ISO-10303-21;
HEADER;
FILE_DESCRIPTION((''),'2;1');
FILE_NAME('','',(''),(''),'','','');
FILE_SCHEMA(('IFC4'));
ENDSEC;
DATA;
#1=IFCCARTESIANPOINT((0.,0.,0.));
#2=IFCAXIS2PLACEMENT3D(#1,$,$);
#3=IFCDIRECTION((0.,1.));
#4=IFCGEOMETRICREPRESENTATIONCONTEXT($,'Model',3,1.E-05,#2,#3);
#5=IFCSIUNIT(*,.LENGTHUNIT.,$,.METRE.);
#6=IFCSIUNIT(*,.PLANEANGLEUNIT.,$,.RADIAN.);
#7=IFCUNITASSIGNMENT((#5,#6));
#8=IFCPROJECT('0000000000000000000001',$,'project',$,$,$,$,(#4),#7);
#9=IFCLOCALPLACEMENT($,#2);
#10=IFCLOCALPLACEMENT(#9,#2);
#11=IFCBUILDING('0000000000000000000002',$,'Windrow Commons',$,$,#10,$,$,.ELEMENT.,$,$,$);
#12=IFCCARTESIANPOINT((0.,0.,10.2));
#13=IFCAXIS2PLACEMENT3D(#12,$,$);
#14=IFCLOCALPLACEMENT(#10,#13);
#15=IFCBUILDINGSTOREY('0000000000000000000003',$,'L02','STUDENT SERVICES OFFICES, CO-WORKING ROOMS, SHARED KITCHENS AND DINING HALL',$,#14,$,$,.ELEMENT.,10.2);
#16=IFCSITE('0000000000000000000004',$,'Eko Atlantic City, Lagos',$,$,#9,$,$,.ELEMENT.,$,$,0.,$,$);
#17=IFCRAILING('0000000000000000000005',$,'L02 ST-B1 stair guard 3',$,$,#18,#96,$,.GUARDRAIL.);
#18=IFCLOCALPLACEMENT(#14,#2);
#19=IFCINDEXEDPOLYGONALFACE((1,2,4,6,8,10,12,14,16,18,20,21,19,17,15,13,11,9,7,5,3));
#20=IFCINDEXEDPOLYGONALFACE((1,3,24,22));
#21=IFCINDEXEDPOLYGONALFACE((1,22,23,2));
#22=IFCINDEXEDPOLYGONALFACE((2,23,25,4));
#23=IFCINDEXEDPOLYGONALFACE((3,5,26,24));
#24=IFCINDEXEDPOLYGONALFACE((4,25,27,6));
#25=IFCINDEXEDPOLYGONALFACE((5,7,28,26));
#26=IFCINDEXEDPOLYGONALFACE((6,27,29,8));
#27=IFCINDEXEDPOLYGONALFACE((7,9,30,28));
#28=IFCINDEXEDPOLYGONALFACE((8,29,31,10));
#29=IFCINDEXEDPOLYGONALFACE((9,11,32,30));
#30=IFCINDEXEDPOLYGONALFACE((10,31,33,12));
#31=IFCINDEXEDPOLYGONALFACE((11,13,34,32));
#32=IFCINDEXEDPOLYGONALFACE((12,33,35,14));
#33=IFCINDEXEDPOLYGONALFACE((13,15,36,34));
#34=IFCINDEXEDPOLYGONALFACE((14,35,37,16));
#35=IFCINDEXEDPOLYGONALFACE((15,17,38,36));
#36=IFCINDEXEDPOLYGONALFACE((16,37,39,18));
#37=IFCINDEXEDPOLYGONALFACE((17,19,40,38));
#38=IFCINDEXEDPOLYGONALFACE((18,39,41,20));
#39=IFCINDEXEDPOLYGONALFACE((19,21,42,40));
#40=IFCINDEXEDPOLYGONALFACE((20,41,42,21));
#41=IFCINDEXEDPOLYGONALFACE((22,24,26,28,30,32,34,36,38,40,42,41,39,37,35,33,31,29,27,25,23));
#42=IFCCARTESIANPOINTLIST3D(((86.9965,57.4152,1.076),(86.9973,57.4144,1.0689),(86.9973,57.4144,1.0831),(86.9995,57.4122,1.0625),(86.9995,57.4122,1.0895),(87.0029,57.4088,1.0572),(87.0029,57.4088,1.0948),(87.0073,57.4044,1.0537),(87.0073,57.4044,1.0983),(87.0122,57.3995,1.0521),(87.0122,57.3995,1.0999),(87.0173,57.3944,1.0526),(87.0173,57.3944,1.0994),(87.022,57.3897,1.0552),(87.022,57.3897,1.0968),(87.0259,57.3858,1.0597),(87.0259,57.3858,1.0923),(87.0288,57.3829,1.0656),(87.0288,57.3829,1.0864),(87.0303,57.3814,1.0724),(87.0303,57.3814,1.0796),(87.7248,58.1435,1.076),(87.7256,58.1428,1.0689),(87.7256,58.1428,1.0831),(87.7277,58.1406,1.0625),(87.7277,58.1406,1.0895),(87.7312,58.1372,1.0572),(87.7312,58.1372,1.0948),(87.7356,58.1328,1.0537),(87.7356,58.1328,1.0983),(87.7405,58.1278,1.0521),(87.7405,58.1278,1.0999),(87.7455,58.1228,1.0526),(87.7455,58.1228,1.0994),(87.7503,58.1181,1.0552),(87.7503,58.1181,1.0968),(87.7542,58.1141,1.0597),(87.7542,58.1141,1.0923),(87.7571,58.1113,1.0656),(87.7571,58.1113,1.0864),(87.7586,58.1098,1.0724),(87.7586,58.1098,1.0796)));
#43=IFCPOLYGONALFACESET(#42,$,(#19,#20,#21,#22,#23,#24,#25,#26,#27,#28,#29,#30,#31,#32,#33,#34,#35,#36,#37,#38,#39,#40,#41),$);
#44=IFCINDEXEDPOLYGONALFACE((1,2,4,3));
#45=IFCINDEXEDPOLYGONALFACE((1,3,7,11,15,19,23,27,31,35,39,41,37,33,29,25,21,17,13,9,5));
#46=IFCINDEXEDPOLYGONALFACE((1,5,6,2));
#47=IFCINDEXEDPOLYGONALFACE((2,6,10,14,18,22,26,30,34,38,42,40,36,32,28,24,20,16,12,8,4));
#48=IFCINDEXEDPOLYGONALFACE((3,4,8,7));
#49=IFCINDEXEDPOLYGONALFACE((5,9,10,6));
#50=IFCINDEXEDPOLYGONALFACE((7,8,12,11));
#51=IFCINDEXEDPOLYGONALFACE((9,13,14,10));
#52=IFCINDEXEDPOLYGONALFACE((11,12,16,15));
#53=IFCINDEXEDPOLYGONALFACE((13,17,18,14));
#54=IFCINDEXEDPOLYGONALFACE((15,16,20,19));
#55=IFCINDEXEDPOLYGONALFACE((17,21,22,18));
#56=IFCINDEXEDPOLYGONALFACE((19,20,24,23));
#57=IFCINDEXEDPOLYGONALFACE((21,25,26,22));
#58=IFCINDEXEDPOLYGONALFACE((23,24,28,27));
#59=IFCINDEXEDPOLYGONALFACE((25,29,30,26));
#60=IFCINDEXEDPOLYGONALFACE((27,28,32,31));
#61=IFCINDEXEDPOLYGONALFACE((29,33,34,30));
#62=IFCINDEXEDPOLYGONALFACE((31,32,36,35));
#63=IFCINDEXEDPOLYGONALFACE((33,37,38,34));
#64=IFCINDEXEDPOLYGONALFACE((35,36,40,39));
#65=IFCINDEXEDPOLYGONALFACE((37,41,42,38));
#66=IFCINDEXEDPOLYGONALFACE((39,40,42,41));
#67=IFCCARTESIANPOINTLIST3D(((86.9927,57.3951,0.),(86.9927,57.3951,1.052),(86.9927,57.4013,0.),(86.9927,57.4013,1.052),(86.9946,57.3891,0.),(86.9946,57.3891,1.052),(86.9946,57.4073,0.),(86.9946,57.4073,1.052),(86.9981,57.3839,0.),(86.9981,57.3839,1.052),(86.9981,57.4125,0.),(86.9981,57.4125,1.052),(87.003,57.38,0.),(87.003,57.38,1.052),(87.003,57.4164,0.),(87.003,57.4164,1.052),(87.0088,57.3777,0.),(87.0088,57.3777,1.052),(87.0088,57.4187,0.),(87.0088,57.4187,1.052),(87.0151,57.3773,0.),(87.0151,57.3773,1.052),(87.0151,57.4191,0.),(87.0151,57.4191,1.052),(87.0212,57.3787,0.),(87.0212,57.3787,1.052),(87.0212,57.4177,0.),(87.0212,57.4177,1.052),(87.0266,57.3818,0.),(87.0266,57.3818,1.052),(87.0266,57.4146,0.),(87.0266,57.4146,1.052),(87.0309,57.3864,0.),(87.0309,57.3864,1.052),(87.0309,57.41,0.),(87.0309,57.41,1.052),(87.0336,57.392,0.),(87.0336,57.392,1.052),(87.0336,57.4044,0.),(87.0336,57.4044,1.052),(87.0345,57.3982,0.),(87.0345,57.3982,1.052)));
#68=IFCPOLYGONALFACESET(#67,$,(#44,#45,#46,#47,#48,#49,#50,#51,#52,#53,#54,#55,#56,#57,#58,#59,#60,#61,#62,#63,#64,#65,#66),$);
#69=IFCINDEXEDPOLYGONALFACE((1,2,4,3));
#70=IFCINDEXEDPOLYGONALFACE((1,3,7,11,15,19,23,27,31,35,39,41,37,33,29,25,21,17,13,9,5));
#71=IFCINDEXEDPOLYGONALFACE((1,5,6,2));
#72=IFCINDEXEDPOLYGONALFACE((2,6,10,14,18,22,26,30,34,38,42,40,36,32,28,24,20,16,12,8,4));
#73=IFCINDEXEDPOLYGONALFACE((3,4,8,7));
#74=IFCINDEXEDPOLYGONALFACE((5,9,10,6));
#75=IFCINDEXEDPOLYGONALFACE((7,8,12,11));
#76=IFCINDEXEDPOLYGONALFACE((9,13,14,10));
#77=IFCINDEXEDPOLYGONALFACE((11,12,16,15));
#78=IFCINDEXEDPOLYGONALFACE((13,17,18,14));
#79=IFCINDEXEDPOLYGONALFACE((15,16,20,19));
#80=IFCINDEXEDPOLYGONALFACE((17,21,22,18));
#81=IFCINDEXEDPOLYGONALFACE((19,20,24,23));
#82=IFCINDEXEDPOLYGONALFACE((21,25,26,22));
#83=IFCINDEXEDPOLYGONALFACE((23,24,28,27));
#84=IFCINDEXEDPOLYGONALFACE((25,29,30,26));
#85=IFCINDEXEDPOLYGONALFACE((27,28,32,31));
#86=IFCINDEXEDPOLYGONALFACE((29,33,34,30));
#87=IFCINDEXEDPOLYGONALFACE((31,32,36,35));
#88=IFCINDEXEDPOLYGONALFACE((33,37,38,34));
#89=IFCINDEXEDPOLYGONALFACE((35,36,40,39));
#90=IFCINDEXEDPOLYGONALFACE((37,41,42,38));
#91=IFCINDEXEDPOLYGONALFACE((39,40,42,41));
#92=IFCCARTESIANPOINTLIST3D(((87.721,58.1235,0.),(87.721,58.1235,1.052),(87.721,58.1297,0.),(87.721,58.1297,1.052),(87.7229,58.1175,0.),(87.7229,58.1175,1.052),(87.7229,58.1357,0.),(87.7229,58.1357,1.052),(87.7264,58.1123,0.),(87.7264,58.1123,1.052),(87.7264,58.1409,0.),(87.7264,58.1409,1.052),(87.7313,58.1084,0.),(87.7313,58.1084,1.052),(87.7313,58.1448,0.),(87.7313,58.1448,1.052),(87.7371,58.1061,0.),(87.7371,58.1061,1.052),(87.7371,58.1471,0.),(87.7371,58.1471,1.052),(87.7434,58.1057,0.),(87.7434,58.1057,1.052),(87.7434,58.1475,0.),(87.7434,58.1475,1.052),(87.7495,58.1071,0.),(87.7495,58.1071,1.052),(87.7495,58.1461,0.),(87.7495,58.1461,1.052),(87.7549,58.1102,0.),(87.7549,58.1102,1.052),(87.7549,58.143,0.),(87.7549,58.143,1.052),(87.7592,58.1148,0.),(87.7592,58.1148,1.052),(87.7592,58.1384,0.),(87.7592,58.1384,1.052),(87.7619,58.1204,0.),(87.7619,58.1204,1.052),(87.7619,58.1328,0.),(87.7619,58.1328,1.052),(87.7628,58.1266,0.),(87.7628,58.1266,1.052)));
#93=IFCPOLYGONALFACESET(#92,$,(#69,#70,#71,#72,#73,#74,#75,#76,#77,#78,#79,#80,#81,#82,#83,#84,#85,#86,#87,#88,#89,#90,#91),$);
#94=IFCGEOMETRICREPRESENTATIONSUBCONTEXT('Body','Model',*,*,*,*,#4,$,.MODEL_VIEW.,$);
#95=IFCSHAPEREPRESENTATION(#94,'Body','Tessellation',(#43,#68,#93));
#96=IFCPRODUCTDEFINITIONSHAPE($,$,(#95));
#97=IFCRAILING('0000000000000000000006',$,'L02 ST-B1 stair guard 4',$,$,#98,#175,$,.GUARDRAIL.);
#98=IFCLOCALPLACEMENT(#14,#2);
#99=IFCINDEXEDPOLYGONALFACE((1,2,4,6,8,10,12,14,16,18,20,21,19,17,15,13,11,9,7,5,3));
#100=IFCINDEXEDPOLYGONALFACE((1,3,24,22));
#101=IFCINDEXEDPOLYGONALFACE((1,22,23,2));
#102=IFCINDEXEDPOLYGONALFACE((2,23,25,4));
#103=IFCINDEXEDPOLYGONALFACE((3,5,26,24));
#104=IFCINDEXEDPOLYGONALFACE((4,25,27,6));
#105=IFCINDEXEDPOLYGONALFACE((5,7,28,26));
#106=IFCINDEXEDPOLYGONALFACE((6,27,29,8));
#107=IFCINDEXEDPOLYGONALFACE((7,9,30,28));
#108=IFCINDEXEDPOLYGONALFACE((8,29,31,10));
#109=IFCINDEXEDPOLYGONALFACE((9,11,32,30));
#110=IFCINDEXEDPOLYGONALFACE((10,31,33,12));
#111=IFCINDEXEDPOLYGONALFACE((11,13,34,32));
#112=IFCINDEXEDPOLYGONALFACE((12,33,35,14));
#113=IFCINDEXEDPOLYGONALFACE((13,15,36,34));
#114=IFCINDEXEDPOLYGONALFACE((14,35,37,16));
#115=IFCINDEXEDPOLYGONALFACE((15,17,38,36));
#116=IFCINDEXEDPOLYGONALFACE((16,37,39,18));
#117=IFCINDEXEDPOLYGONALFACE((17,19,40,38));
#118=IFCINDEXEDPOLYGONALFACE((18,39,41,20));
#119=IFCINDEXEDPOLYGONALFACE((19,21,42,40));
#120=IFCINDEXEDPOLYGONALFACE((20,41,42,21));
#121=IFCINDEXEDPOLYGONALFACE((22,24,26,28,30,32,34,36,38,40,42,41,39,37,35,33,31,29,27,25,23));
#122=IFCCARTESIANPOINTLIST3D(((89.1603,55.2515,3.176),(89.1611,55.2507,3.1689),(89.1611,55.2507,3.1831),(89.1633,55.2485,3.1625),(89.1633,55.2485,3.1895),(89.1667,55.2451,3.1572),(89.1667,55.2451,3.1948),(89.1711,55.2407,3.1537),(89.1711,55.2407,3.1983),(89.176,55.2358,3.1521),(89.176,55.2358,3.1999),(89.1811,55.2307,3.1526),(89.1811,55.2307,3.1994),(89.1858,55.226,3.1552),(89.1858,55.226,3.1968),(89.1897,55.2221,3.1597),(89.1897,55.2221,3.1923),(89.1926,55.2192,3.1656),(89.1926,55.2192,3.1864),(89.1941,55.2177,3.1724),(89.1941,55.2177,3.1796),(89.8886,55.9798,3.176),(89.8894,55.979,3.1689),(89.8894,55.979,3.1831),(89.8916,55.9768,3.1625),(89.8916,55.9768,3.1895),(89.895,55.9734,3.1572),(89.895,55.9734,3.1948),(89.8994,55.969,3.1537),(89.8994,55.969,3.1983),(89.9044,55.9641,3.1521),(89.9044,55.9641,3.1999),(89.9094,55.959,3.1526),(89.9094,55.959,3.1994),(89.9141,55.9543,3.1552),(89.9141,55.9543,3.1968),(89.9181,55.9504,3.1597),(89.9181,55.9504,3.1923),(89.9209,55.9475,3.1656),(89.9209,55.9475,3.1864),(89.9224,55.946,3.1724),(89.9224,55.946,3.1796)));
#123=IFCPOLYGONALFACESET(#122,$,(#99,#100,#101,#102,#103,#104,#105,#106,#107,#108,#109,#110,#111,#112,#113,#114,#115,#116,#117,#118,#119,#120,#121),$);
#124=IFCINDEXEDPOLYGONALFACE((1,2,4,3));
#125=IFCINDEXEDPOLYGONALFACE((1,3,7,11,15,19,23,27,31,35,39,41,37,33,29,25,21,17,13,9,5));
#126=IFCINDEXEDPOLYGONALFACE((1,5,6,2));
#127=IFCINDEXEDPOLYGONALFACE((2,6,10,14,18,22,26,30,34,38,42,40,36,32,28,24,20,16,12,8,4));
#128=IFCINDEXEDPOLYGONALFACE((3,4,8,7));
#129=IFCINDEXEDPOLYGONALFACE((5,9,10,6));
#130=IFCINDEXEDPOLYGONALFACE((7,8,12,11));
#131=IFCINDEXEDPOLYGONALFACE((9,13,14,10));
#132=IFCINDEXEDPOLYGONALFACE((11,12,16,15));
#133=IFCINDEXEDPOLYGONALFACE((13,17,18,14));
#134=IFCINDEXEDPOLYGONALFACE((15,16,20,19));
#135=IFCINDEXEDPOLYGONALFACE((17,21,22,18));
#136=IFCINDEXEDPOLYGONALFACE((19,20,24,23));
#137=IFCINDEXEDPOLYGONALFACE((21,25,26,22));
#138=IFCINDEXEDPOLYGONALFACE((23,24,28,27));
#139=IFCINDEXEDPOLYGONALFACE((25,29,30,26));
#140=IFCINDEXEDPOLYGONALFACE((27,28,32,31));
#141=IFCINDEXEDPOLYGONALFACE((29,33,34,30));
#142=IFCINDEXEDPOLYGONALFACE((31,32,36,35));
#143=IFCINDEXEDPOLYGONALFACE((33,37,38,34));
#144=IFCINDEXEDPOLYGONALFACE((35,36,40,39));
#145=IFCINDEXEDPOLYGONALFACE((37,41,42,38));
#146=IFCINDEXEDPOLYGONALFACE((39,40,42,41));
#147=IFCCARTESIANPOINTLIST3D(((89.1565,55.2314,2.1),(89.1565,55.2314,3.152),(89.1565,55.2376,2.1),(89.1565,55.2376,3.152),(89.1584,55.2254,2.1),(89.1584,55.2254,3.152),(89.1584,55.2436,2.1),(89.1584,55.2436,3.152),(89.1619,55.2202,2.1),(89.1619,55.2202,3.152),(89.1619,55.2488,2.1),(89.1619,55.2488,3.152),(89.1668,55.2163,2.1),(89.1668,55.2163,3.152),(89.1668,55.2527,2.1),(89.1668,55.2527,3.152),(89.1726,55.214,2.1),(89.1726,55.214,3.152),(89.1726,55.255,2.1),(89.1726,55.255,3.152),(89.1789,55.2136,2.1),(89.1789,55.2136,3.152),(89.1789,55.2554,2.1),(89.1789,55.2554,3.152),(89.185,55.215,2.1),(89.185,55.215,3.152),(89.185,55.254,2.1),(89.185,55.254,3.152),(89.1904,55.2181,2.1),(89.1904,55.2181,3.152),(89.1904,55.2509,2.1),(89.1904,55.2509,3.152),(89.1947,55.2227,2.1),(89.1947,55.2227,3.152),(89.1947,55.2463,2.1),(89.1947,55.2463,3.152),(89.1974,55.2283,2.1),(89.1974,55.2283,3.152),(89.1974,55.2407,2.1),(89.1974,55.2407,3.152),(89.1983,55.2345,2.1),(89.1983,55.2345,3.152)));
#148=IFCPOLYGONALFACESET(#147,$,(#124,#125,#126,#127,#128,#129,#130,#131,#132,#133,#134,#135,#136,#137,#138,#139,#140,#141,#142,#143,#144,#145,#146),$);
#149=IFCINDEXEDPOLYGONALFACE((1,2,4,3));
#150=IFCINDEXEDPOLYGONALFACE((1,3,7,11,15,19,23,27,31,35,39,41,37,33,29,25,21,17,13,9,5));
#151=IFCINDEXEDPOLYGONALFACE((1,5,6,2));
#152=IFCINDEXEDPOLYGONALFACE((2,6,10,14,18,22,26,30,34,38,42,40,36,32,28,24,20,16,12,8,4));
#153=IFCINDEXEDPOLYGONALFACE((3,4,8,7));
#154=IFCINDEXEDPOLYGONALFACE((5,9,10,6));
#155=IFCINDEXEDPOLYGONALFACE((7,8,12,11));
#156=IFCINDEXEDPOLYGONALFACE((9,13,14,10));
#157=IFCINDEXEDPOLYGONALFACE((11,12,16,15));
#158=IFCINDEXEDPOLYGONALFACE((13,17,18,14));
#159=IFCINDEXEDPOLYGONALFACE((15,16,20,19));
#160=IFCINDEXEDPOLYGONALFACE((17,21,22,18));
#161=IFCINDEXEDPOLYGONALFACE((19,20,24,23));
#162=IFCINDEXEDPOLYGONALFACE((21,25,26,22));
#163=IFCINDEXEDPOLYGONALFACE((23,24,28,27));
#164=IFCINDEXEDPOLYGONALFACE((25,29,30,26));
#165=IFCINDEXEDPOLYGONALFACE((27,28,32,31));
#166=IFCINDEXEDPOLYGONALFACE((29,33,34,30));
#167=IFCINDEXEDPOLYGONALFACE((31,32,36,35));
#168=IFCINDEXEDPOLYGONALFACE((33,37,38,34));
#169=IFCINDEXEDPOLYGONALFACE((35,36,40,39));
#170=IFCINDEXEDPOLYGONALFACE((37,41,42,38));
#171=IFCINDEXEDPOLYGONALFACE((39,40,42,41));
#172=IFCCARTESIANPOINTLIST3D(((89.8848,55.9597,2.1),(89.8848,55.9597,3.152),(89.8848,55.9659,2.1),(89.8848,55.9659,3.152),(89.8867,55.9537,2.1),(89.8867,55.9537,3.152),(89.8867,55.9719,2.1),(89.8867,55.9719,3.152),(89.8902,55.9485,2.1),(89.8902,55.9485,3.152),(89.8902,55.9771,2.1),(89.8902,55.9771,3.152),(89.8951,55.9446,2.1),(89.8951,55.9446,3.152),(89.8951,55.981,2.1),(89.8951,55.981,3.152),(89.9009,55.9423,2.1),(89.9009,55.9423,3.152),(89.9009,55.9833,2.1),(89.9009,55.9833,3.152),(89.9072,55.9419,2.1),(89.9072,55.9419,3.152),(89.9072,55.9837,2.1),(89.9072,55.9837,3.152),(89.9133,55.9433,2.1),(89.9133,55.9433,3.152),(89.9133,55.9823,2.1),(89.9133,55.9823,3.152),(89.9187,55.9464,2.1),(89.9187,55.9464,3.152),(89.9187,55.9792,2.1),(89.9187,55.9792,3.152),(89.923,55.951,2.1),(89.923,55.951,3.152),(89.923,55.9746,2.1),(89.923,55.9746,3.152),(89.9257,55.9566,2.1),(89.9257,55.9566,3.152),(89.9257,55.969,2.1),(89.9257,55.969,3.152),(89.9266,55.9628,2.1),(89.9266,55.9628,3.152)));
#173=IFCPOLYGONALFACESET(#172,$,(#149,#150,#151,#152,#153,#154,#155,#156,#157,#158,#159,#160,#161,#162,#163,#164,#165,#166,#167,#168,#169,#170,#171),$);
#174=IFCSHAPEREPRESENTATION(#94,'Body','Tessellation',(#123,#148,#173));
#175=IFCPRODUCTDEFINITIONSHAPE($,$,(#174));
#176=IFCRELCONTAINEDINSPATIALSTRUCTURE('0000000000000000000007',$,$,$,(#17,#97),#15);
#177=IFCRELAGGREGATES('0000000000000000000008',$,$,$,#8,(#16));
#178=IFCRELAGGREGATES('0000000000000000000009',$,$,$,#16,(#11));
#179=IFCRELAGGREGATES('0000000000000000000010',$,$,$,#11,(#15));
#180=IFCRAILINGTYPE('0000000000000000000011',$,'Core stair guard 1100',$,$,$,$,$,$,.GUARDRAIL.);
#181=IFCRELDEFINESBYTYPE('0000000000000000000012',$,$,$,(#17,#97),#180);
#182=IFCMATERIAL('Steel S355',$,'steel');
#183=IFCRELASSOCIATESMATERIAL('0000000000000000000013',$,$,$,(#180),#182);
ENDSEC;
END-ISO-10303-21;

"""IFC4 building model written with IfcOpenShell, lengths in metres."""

from ifc_helpers import new_model, si_unit, direction, frame, origin, origin_2d, place, context, subcontext, project, spatial, circle, extrude, material, type_object, element, save


model = new_model("IFC4")

# Units and contexts
model_context = context("Model", 3, precision=1e-05, world=origin(), true_north=direction((0.0, 1.0)))
body_context = subcontext(model_context, "Body", "Model", "MODEL_VIEW")
ifc_project = project(units=[si_unit("LENGTHUNIT", "METRE"), si_unit("PLANEANGLEUNIT", "RADIAN")], contexts=[model_context])

# Site, building, storey
site_placement = place(None, origin())
site = spatial("IfcSite", under=ifc_project, at=site_placement, Name="Eko Atlantic City, Lagos", CompositionType="ELEMENT", RefElevation=0.0)
building_placement = place(site_placement, origin())
building = spatial("IfcBuilding", under=site, at=building_placement, Name="Windrow Commons", CompositionType="ELEMENT")
storey_placement = place(building_placement, frame((0.0, 0.0, 10.2)))
storey = spatial("IfcBuildingStorey", under=building, at=storey_placement, Name="L02", Description="STUDENT SERVICES OFFICES, CO-WORKING ROOMS, SHARED KITCHENS AND DINING HALL", CompositionType="ELEMENT", Elevation=10.2)

# Railings
ifc_material_1 = material(Name="Steel S355", Category="steel")
railing_type_1 = type_object("IfcRailingType", Name="Core stair guard 1100", PredefinedType="GUARDRAIL", material=ifc_material_1)
railing_1_placement = place(storey_placement, frame((87.0135, 57.3982, 0.0)))
element("IfcRailing", 1, at=railing_1_placement, inside=storey, type_object=railing_type_1, Name="L02 ST-B1 stair guard 3", PredefinedType="GUARDRAIL", context=body_context, shape_type="SweptSolid", body=[
    extrude(circle(Radius=0.024, at=origin_2d()), frame((0.0, 0.0, 1.076), z_axis=(0.707058, 0.707155, 0.0), x_axis=(-0.707155, 0.707058, 0.0)), (0.0, 0.0, 1.0), 1.03),
    extrude(circle(Radius=0.021, at=origin_2d()), origin(), (0.0, 0.0, 1.0), 1.052),
    extrude(circle(Radius=0.021, at=origin_2d()), frame((0.7283, 0.7284, 0.0)), (0.0, 0.0, 1.0), 1.052),
])
railing_2_placement = place(storey_placement, frame((89.1773, 55.2345, 2.1)))
element("IfcRailing", 2, at=railing_2_placement, inside=storey, type_object=railing_type_1, Name="L02 ST-B1 stair guard 4", PredefinedType="GUARDRAIL", context=body_context, shape_type="SweptSolid", body=[
    extrude(circle(Radius=0.024, at=origin_2d()), frame((0.0, 0.0, 1.076), z_axis=(0.707107, 0.707107, 0.0), x_axis=(-0.707107, 0.707107, 0.0)), (0.0, 0.0, 1.0), 1.03),
    extrude(circle(Radius=0.021, at=origin_2d()), origin(), (0.0, 0.0, 1.0), 1.052),
    extrude(circle(Radius=0.021, at=origin_2d()), frame((0.7283, 0.7283, 0.0)), (0.0, 0.0, 1.0), 1.052),
])

save(model, "model.ifc")
